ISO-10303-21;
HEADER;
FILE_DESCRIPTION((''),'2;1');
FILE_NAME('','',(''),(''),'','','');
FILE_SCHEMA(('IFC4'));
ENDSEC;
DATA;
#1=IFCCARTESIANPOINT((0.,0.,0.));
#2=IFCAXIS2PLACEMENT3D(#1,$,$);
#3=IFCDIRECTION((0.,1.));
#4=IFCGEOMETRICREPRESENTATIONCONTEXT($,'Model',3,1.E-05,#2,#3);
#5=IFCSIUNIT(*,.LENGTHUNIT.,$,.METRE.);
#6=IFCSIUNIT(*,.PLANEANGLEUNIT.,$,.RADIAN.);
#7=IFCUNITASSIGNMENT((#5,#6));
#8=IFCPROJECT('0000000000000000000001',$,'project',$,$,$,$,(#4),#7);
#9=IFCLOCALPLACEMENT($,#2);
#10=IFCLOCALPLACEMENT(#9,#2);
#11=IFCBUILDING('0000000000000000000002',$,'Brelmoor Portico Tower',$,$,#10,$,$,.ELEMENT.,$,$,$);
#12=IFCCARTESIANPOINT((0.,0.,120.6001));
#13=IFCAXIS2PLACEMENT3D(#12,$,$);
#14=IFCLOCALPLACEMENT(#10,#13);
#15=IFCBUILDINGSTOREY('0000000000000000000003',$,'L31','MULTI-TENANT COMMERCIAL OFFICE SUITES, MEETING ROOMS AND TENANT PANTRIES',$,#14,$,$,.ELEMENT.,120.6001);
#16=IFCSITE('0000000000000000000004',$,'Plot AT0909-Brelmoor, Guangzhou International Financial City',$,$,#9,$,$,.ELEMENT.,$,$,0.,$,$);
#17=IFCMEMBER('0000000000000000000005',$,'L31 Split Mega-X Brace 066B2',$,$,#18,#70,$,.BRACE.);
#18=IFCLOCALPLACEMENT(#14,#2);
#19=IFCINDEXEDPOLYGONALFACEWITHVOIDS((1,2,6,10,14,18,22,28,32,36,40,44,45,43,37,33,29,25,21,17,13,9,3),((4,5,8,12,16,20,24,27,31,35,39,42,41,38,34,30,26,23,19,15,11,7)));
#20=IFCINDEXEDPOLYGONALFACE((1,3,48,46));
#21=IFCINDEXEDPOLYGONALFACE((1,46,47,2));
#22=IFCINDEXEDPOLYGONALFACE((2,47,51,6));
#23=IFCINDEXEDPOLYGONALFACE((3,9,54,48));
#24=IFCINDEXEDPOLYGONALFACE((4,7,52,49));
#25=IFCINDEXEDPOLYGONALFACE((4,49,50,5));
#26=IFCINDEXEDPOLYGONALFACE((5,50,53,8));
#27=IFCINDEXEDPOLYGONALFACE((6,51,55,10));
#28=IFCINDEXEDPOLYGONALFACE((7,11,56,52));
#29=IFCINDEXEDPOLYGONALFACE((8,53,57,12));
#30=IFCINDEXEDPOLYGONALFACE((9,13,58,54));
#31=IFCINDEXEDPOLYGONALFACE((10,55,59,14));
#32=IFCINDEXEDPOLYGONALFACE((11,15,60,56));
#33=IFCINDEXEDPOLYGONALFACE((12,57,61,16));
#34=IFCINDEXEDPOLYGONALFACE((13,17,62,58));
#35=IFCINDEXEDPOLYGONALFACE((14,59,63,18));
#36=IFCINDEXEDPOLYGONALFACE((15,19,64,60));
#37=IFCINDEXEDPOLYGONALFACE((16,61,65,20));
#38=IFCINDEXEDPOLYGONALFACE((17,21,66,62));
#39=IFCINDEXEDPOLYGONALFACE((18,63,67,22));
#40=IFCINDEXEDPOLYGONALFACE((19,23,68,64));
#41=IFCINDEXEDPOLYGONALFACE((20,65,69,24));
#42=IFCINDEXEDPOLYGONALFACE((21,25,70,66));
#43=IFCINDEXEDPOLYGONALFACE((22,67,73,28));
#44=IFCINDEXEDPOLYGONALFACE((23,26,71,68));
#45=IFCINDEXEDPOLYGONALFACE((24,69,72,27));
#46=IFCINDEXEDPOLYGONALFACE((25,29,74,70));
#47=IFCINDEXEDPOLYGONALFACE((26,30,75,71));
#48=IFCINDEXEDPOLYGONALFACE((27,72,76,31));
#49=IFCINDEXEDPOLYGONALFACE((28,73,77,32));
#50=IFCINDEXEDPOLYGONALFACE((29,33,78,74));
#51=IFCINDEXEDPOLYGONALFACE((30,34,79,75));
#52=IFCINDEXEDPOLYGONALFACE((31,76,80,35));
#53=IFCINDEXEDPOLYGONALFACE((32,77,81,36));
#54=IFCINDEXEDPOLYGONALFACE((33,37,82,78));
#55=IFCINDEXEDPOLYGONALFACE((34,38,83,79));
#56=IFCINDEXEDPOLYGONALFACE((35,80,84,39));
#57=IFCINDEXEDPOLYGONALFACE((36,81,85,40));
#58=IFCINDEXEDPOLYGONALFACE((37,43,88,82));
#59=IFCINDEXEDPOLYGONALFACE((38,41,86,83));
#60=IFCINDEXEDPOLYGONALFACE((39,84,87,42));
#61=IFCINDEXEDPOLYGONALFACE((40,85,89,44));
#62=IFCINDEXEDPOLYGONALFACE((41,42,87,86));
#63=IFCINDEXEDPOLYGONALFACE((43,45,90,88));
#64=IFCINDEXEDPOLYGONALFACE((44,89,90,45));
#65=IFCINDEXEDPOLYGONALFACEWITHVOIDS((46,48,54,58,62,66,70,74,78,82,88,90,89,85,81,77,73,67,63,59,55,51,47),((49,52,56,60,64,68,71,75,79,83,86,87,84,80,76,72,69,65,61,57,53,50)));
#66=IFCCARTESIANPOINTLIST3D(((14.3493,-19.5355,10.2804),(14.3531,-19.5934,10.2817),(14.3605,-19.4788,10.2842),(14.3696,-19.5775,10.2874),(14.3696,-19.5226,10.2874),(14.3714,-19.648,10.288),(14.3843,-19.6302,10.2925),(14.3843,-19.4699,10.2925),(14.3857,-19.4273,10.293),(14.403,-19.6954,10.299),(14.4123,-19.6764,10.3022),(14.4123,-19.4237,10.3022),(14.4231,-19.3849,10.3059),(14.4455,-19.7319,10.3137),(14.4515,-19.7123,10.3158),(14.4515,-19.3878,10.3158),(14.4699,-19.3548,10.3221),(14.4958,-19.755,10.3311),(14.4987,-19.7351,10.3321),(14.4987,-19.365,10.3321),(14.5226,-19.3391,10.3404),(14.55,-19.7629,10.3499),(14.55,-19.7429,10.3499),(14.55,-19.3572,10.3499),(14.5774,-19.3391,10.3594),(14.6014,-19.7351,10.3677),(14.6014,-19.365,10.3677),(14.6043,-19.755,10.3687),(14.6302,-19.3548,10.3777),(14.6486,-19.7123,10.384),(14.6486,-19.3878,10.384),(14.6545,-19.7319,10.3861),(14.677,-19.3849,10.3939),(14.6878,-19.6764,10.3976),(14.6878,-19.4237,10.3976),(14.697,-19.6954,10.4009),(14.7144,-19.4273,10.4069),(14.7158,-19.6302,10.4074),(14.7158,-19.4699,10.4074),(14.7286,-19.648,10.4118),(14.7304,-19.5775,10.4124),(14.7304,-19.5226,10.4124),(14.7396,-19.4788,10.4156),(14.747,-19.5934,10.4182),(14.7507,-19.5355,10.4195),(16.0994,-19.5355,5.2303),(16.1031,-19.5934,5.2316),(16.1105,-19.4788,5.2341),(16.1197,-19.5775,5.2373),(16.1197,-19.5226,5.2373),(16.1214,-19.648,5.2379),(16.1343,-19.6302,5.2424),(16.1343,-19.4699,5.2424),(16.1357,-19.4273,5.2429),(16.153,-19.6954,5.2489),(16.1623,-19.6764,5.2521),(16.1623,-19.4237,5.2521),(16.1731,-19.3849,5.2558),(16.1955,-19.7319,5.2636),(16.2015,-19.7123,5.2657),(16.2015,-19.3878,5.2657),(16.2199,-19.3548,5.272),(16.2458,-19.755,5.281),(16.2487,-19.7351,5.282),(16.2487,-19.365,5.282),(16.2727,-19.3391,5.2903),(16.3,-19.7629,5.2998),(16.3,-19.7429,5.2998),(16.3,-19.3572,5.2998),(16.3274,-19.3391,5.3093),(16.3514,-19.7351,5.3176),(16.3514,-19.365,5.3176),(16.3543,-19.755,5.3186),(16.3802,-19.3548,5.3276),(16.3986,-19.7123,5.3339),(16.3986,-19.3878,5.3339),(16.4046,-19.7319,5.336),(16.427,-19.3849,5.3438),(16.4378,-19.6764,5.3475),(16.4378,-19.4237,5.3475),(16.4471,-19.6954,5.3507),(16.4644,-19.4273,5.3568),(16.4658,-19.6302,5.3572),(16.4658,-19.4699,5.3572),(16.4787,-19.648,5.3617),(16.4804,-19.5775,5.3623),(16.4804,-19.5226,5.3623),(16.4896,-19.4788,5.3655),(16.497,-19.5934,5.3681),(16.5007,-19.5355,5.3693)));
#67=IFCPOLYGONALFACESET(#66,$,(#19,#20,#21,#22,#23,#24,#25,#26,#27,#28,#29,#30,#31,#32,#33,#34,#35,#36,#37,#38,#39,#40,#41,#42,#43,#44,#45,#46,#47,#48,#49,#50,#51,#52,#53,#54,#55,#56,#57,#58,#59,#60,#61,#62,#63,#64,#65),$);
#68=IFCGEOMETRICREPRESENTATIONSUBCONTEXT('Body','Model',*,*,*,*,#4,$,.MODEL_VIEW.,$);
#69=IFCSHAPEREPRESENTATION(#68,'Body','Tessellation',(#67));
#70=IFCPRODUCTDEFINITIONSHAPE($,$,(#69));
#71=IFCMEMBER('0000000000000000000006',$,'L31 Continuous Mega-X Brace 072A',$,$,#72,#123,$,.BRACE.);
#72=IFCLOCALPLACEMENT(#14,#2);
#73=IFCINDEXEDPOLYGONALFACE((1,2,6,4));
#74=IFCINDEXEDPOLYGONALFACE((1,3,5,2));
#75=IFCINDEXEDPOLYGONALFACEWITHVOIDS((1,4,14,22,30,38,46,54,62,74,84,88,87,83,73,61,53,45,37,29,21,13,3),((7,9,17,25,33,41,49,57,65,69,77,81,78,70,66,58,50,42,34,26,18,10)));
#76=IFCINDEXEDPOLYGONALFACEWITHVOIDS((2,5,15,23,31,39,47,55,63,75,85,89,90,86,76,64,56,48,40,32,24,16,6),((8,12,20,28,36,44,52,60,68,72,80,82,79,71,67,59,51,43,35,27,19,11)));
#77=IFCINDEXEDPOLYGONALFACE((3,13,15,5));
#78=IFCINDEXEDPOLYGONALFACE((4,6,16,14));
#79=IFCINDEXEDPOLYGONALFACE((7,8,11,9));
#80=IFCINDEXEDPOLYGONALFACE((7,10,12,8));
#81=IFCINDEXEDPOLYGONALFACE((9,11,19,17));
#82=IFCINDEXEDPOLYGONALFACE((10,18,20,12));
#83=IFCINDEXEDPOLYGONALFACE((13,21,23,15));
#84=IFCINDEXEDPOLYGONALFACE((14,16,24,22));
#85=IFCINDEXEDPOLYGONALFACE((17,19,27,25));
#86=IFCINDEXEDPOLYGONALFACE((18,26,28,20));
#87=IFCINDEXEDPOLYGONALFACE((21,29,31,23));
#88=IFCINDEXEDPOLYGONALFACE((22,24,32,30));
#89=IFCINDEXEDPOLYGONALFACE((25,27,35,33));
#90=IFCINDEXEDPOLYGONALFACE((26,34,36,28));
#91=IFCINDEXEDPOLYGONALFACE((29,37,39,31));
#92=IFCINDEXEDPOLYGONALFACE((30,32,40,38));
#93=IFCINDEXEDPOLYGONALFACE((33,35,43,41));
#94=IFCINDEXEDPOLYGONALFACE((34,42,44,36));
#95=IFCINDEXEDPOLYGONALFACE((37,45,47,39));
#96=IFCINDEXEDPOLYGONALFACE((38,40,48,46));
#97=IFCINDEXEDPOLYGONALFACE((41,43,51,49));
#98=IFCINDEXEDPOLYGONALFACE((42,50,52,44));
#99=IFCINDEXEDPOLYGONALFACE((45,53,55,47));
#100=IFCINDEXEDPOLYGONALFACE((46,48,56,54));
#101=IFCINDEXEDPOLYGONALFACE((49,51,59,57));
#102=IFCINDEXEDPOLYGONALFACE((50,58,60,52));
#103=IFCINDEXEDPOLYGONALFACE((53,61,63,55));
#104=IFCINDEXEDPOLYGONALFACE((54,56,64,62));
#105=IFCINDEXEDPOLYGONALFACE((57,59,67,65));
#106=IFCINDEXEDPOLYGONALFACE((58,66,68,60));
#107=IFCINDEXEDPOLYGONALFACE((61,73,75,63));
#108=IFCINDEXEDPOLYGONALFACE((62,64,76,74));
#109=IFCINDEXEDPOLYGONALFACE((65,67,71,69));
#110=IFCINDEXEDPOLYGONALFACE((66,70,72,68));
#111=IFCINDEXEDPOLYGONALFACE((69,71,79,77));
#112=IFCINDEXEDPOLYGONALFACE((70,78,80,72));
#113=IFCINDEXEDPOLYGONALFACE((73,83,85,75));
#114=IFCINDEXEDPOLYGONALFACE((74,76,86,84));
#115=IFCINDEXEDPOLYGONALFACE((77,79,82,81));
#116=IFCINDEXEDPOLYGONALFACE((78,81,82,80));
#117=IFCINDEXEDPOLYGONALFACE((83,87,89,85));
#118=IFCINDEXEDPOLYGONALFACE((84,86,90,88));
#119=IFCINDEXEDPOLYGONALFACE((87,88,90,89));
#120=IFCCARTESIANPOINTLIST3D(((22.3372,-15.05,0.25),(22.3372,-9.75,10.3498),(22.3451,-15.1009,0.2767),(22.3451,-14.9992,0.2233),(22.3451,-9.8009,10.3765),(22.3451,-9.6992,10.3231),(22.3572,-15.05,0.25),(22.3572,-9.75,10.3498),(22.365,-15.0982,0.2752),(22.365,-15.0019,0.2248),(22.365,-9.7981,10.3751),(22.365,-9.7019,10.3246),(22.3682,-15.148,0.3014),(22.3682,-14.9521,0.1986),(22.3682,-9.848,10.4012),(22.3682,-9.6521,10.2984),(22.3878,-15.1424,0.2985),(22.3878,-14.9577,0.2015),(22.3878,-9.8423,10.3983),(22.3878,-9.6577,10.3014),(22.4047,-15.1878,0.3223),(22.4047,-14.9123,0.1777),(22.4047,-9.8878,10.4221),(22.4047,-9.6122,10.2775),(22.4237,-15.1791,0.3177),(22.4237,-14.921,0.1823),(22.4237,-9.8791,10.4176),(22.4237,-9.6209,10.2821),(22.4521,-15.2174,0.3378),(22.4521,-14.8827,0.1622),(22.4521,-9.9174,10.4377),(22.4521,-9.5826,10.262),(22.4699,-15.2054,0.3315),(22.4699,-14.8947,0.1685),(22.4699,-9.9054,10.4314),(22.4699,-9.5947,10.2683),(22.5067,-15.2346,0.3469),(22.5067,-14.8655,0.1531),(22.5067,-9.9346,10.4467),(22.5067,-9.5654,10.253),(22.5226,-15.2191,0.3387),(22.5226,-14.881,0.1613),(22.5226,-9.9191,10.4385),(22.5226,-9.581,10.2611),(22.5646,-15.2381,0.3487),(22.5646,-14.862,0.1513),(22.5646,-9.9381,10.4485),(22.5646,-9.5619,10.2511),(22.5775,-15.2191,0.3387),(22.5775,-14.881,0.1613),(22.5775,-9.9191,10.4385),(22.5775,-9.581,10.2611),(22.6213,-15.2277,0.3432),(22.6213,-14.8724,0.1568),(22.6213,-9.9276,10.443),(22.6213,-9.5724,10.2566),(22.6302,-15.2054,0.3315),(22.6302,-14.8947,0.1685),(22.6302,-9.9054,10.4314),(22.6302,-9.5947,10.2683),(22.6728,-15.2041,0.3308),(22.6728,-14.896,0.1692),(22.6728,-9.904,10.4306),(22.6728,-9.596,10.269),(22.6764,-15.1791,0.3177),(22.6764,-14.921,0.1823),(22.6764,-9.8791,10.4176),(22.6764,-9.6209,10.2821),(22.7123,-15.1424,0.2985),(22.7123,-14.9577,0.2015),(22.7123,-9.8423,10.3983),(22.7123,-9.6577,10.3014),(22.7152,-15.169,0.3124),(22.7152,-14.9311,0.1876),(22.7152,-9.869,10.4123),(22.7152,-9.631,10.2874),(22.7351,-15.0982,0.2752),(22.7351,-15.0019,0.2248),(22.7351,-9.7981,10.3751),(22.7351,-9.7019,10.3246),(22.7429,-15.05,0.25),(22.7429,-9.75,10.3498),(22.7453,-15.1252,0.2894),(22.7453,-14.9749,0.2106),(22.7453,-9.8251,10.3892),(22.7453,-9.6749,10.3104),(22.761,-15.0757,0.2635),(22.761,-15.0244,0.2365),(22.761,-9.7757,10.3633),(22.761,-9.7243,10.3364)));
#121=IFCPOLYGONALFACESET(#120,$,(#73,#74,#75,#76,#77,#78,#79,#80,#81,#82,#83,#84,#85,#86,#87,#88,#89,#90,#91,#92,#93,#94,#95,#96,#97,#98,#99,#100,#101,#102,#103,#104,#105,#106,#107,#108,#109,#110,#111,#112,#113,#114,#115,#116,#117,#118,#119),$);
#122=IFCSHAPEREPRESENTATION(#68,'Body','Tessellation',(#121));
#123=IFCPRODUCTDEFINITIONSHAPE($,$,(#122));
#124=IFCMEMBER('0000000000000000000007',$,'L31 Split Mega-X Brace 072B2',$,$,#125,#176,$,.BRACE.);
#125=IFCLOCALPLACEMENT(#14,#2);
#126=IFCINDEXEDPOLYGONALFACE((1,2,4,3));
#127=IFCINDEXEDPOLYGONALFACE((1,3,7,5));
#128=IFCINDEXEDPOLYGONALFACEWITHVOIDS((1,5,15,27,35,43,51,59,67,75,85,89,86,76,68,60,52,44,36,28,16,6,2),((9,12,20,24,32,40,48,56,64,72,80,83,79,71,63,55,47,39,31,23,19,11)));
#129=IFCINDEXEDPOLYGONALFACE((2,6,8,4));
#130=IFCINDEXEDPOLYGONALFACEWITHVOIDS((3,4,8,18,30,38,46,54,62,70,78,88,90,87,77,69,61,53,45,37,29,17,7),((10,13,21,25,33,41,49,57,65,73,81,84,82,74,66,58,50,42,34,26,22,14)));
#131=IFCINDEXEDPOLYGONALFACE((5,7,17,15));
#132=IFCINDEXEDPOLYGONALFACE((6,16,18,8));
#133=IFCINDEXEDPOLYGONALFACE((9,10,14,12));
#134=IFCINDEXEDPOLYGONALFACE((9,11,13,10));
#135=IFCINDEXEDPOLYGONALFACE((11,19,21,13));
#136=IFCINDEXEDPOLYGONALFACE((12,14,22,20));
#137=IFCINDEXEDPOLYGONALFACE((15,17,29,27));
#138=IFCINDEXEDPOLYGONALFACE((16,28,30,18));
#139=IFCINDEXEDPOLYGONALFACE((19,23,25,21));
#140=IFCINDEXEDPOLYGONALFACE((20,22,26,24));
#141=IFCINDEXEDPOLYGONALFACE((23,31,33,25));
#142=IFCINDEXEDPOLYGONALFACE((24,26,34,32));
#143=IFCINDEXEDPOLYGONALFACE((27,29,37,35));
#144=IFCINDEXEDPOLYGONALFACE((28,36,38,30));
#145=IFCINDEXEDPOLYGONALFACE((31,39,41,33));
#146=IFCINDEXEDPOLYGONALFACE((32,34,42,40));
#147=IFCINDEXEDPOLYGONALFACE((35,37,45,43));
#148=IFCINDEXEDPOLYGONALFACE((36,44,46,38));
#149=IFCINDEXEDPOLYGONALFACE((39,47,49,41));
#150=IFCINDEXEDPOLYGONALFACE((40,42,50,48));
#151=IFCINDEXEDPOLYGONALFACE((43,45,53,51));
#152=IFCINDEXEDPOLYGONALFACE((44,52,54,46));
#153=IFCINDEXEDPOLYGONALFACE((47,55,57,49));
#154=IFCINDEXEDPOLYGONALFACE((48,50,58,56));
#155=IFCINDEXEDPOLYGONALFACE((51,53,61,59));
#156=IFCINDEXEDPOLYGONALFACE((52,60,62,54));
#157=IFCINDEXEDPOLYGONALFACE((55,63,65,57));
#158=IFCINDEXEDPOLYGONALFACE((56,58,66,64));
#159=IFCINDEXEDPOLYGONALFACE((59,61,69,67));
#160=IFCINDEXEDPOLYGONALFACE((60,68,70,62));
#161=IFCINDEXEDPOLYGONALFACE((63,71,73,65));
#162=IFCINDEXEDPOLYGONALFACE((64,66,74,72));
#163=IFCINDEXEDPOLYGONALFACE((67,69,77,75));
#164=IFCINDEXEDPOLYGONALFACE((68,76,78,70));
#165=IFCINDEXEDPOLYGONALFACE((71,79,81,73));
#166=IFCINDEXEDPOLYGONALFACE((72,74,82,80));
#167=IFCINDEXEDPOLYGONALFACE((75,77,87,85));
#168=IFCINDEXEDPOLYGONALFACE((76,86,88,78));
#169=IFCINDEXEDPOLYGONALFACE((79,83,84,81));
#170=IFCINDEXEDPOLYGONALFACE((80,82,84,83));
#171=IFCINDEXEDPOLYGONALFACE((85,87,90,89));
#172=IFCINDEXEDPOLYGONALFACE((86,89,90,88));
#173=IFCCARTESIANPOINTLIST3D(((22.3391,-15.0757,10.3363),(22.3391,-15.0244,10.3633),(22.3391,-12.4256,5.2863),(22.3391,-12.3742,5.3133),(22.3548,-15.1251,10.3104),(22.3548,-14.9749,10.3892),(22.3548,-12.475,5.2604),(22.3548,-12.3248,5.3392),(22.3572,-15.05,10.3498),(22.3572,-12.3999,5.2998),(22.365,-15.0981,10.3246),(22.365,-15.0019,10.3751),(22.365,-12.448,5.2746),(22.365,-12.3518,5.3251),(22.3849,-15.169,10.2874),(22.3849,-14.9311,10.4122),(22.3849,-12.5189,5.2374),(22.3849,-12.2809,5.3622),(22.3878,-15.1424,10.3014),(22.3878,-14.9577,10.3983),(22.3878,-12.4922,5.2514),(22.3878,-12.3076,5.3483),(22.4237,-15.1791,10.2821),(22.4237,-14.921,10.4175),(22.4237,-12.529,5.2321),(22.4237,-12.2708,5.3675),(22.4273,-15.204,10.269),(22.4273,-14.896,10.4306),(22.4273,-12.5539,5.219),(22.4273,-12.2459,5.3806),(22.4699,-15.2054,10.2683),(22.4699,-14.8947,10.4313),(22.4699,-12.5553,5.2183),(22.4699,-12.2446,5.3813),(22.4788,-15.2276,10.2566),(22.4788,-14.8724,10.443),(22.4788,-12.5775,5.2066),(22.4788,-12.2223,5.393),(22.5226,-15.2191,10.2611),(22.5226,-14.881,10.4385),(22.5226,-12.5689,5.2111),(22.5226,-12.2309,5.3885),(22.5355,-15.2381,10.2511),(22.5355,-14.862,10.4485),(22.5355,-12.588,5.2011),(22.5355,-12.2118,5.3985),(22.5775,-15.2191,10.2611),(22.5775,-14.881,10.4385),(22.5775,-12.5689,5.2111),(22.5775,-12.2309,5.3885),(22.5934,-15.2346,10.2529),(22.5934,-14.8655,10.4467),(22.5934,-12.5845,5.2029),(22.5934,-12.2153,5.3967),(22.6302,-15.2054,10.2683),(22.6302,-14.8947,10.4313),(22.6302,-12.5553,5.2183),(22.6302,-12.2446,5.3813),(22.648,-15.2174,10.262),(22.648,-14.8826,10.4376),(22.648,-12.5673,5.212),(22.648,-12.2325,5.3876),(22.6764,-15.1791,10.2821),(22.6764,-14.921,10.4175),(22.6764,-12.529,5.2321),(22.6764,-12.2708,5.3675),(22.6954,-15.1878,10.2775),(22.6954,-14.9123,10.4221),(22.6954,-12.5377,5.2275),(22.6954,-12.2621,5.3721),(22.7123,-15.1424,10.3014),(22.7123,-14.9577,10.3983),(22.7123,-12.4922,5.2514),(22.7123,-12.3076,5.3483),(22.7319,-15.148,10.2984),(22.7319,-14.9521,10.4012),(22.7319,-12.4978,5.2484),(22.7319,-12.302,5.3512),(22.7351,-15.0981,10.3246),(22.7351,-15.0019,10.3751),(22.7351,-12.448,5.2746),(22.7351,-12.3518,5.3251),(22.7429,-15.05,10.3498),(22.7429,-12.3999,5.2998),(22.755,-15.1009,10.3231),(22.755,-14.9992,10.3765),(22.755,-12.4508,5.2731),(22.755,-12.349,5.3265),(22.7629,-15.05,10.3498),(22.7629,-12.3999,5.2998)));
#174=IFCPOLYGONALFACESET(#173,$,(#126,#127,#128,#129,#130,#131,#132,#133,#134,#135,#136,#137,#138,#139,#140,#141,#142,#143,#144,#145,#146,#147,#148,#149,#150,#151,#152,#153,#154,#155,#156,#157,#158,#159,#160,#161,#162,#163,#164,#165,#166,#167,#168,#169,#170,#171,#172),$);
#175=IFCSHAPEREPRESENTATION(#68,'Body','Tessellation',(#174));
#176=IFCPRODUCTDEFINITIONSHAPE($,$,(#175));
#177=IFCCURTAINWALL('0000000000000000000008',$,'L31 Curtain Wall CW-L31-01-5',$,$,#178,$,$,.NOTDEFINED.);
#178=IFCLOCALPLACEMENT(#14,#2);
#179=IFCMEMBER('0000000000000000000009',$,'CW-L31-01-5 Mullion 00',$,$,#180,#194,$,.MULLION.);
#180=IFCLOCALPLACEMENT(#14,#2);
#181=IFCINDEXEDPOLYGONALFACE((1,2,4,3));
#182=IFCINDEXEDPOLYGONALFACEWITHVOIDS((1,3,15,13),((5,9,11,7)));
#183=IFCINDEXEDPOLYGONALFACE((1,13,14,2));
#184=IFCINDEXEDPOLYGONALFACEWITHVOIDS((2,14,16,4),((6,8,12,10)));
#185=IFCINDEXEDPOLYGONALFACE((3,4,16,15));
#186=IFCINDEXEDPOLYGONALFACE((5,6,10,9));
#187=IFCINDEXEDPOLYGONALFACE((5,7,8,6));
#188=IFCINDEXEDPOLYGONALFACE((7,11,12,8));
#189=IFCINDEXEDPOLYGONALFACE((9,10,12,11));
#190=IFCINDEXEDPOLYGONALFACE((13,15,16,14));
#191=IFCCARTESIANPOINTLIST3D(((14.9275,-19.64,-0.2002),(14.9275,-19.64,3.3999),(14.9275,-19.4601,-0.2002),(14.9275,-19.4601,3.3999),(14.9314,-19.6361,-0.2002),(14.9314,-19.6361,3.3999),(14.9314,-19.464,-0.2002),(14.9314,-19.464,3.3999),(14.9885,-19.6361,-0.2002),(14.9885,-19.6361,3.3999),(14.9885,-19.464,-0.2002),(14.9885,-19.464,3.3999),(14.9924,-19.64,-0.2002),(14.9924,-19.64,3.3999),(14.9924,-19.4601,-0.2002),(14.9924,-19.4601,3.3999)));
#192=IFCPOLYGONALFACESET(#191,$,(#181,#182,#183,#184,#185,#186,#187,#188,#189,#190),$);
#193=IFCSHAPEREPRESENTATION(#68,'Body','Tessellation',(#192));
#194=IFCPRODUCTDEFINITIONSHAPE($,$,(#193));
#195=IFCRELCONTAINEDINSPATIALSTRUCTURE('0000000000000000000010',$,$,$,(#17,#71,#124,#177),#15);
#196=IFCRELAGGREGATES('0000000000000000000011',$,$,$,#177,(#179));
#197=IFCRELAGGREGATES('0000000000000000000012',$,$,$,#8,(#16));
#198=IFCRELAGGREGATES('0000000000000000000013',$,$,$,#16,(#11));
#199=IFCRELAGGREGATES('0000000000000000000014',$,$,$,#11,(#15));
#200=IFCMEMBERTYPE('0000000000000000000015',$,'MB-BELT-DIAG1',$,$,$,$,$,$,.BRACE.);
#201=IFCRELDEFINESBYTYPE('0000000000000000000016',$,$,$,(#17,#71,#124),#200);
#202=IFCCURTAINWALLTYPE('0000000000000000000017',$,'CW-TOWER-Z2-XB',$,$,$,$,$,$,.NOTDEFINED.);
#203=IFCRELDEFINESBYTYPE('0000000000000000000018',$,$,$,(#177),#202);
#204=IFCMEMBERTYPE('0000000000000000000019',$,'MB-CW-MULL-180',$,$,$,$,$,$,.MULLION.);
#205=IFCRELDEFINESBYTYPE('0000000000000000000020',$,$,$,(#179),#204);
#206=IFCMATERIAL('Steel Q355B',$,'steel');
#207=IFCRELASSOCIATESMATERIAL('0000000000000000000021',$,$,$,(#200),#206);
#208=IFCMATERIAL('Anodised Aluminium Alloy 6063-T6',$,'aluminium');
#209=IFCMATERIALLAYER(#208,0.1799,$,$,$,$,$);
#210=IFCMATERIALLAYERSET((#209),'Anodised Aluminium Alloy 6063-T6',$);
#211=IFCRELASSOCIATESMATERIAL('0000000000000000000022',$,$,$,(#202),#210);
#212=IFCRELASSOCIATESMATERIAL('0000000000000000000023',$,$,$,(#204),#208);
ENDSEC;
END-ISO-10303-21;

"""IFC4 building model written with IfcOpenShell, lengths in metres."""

from ifc_helpers import new_model, si_unit, direction, frame, origin, origin_2d, place, context, subcontext, project, spatial, hollow_rectangle, hollow_circle, extrude, material, layer, layer_set, material_profile, profile_set, type_object, element, aggregate, save


model = new_model("IFC4")

# Units and contexts
model_context = context("Model", 3, precision=1e-05, world=origin(), true_north=direction((0.0, 1.0)))
body_context = subcontext(model_context, "Body", "Model", "MODEL_VIEW")
ifc_project = project(units=[si_unit("LENGTHUNIT", "METRE"), si_unit("PLANEANGLEUNIT", "RADIAN")], contexts=[model_context])

# Site, building, storey
site_placement = place(None, origin())
site = spatial("IfcSite", under=ifc_project, at=site_placement, Name="Plot AT0909-Brelmoor, Guangzhou International Financial City", CompositionType="ELEMENT", RefElevation=0.0)
building_placement = place(site_placement, origin())
building = spatial("IfcBuilding", under=site, at=building_placement, Name="Brelmoor Portico Tower", CompositionType="ELEMENT")
storey_placement = place(building_placement, frame((0.0, 0.0, 120.6001)))
storey = spatial("IfcBuildingStorey", under=building, at=storey_placement, Name="L31", Description="MULTI-TENANT COMMERCIAL OFFICE SUITES, MEETING ROOMS AND TENANT PANTRIES", CompositionType="ELEMENT", Elevation=120.6001)

# Shared definitions
ifc_material_1 = material(Name="Steel Q355B", Category="steel")

# Members
ifc_material_profile_1 = material_profile(ifc_material_1, hollow_circle(Radius=0.2129, WallThickness=0.02, at=origin_2d()), Name="CHS 426x20")
ifc_profile_set_1 = profile_set([ifc_material_profile_1], Name="Steel Q355B")
member_type_1 = type_object("IfcMemberType", Name="MB-BELT-DIAG1", PredefinedType="BRACE", material=ifc_profile_set_1)
member_1_placement = place(storey_placement, frame((16.3, -19.55, 5.2998), z_axis=(-0.327429, 0.0, 0.944876), x_axis=(0.0, -1.0, 0.0)))
element("IfcMember", 1, at=member_1_placement, inside=storey, type_object=member_type_1, Name="L31 Split Mega-X Brace 066B2", PredefinedType="BRACE", context=body_context, shape_type="SweptSolid", body=[
    extrude(hollow_circle(Radius=0.2129, WallThickness=0.02, at=origin_2d()), origin(), (0.0, 0.0, 1.0), 5.3447),
])
member_2_placement = place(storey_placement, frame((22.55, -15.05, 0.25), z_axis=(0.0, 0.464671, 0.885484), x_axis=(-1.0, 0.0, 0.0)))
element("IfcMember", 2, at=member_2_placement, inside=storey, type_object=member_type_1, Name="L31 Continuous Mega-X Brace 072A", PredefinedType="BRACE", context=body_context, shape_type="SweptSolid", body=[
    extrude(hollow_circle(Radius=0.2129, WallThickness=0.02, at=origin_2d()), origin(), (0.0, 0.0, 1.0), 11.406),
])
member_3_placement = place(storey_placement, frame((22.55, -12.3999, 5.2998), z_axis=(0.0, -0.464679, 0.885479), x_axis=(1.0, 0.0, 0.0)))
element("IfcMember", 3, at=member_3_placement, inside=storey, type_object=member_type_1, Name="L31 Split Mega-X Brace 072B2", PredefinedType="BRACE", context=body_context, shape_type="SweptSolid", body=[
    extrude(hollow_circle(Radius=0.2129, WallThickness=0.02, at=origin_2d()), origin(), (0.0, 0.0, 1.0), 5.7031),
])

# Curtain wall, member
ifc_material_2 = material(Name="Anodised Aluminium Alloy 6063-T6", Category="aluminium")
ifc_layer_1 = layer(ifc_material_2, 0.1799)
ifc_layer_set_1 = layer_set([ifc_layer_1], Name="Anodised Aluminium Alloy 6063-T6")
curtain_wall_type = type_object("IfcCurtainWallType", Name="CW-TOWER-Z2-XB", PredefinedType="NOTDEFINED", material=ifc_layer_set_1)
curtain_wall_1_placement = place(storey_placement, origin())
curtain_wall_1 = element("IfcCurtainWall", 4, at=curtain_wall_1_placement, inside=storey, type_object=curtain_wall_type, Name="L31 Curtain Wall CW-L31-01-5", PredefinedType="NOTDEFINED")
ifc_material_profile_2 = material_profile(ifc_material_2, hollow_rectangle(XDim=0.0649, YDim=0.1799, WallThickness=0.0039, at=origin_2d()), Name="ALU MULLION 65x180")
ifc_profile_set_2 = profile_set([ifc_material_profile_2], Name="Anodised Aluminium Alloy 6063-T6")
member_type_2 = type_object("IfcMemberType", Name="MB-CW-MULL-180", PredefinedType="MULLION", material=ifc_profile_set_2)
member_4_placement = place(storey_placement, frame((14.96, -19.55, -0.2002), z_axis=(0.0, 0.0, 1.0), x_axis=(1.0, 0.0, 0.0)))
member_4 = element("IfcMember", 5, at=member_4_placement, type_object=member_type_2, Name="CW-L31-01-5 Mullion 00", PredefinedType="MULLION", context=body_context, shape_type="SweptSolid", body=[
    extrude(hollow_rectangle(XDim=0.0649, YDim=0.1799, WallThickness=0.0039, at=origin_2d()), origin(), (0.0, 0.0, 1.0), 3.6001),
])

aggregate(curtain_wall_1, [member_4])

save(model, "model.ifc")
